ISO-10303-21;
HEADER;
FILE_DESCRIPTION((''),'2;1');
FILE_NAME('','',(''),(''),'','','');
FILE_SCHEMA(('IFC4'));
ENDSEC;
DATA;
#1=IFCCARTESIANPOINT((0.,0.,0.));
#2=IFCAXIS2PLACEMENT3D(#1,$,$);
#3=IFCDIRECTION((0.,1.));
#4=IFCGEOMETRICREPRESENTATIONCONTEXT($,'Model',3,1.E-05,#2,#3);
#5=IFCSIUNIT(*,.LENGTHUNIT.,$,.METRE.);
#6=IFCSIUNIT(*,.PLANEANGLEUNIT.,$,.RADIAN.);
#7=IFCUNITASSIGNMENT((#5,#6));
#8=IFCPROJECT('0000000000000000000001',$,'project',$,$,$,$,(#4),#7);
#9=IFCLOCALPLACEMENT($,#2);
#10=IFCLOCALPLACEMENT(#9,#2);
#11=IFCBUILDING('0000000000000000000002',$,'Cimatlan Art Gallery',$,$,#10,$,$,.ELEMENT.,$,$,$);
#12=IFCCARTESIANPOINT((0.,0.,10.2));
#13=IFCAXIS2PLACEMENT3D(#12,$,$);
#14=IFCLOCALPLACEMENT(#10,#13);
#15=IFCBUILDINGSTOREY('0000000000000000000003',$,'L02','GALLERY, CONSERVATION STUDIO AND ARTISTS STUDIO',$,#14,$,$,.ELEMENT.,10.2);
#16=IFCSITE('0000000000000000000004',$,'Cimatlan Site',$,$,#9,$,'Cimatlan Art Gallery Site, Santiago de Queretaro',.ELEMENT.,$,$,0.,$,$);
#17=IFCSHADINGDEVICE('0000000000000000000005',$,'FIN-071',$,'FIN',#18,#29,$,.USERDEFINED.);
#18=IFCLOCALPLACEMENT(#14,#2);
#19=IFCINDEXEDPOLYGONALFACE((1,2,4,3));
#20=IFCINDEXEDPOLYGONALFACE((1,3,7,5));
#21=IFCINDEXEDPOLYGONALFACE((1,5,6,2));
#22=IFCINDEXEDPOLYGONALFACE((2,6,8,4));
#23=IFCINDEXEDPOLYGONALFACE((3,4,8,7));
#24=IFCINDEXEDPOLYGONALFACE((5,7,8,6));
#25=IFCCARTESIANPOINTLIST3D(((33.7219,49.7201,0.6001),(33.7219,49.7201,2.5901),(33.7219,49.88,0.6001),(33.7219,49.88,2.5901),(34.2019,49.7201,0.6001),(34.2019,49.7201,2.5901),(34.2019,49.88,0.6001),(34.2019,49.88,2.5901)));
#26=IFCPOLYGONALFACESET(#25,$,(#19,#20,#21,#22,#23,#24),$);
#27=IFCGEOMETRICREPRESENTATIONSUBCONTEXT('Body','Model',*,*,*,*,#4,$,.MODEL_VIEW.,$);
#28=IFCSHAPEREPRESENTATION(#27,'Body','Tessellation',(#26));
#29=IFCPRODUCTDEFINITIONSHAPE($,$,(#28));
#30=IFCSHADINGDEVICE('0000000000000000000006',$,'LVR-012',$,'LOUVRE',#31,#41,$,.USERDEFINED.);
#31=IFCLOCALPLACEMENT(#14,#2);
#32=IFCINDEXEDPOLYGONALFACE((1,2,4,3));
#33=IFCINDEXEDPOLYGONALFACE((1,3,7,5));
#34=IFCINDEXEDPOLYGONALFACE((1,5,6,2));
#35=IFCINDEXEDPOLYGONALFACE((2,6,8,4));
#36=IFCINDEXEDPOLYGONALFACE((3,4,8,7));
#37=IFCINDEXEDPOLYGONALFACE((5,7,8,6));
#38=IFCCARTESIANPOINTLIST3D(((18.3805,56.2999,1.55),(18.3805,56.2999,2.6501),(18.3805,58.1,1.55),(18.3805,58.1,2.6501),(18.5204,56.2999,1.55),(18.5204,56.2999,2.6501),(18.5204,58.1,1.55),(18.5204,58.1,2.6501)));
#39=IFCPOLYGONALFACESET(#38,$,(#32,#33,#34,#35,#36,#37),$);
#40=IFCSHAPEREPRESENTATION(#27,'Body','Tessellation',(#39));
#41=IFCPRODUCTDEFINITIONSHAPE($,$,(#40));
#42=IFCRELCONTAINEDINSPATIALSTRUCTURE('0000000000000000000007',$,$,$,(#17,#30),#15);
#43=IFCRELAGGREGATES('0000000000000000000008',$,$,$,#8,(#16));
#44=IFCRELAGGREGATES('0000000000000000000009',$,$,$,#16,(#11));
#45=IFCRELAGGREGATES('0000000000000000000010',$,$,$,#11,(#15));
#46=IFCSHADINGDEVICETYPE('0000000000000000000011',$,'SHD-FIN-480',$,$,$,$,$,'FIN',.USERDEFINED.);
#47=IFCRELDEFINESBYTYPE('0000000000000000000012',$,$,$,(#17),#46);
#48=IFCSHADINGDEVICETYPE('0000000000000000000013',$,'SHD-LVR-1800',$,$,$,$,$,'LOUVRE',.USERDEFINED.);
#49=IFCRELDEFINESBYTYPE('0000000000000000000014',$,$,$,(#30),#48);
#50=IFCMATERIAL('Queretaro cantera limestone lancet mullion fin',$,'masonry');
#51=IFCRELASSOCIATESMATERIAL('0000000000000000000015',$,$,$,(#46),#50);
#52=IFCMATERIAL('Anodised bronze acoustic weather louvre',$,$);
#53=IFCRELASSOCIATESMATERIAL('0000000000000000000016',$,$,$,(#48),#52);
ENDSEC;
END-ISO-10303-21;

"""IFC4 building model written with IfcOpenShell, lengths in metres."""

from ifc_helpers import new_model, si_unit, direction, frame, origin, origin_2d, place, context, subcontext, project, spatial, rectangle, extrude, material, type_object, element, save


model = new_model("IFC4")

# Units and contexts
model_context = context("Model", 3, precision=1e-05, world=origin(), true_north=direction((0.0, 1.0)))
body_context = subcontext(model_context, "Body", "Model", "MODEL_VIEW")
ifc_project = project(units=[si_unit("LENGTHUNIT", "METRE"), si_unit("PLANEANGLEUNIT", "RADIAN")], contexts=[model_context])

# Site, building, storey
site_placement = place(None, origin())
site = spatial("IfcSite", under=ifc_project, at=site_placement, Name="Cimatlan Site", LongName="Cimatlan Art Gallery Site, Santiago de Queretaro", CompositionType="ELEMENT", RefElevation=0.0)
building_placement = place(site_placement, origin())
building = spatial("IfcBuilding", under=site, at=building_placement, Name="Cimatlan Art Gallery", CompositionType="ELEMENT")
storey_placement = place(building_placement, frame((0.0, 0.0, 10.2)))
storey = spatial("IfcBuildingStorey", under=building, at=storey_placement, Name="L02", Description="GALLERY, CONSERVATION STUDIO AND ARTISTS STUDIO", CompositionType="ELEMENT", Elevation=10.2)

# Shading devices
ifc_material_1 = material(Name="Queretaro cantera limestone lancet mullion fin", Category="masonry")
shading_device_type_1 = type_object("IfcShadingDeviceType", Name="SHD-FIN-480", ElementType="FIN", PredefinedType="USERDEFINED", material=ifc_material_1)
shading_device_1_placement = place(storey_placement, frame((33.9619, 49.8, 0.6001), z_axis=(0.0, 0.0, 1.0), x_axis=(0.0, 1.0, 0.0)))
element("IfcShadingDevice", 1, at=shading_device_1_placement, inside=storey, type_object=shading_device_type_1, Name="FIN-071", ObjectType="FIN", PredefinedType="USERDEFINED", context=body_context, shape_type="SweptSolid", body=[
    extrude(rectangle(XDim=0.1599, YDim=0.48, at=origin_2d()), origin(), (0.0, 0.0, 1.0), 1.99),
])
ifc_material_2 = material(Name="Anodised bronze acoustic weather louvre")
shading_device_type_2 = type_object("IfcShadingDeviceType", Name="SHD-LVR-1800", ElementType="LOUVRE", PredefinedType="USERDEFINED", material=ifc_material_2)
shading_device_2_placement = place(storey_placement, frame((18.4504, 57.2, 1.55), z_axis=(0.0, 0.0, 1.0), x_axis=(0.0, -1.0, 0.0)))
element("IfcShadingDevice", 2, at=shading_device_2_placement, inside=storey, type_object=shading_device_type_2, Name="LVR-012", ObjectType="LOUVRE", PredefinedType="USERDEFINED", context=body_context, shape_type="SweptSolid", body=[
    extrude(rectangle(XDim=1.8, YDim=0.1399, at=origin_2d()), origin(), (0.0, 0.0, 1.0), 1.1001),
])

save(model, "model.ifc")
